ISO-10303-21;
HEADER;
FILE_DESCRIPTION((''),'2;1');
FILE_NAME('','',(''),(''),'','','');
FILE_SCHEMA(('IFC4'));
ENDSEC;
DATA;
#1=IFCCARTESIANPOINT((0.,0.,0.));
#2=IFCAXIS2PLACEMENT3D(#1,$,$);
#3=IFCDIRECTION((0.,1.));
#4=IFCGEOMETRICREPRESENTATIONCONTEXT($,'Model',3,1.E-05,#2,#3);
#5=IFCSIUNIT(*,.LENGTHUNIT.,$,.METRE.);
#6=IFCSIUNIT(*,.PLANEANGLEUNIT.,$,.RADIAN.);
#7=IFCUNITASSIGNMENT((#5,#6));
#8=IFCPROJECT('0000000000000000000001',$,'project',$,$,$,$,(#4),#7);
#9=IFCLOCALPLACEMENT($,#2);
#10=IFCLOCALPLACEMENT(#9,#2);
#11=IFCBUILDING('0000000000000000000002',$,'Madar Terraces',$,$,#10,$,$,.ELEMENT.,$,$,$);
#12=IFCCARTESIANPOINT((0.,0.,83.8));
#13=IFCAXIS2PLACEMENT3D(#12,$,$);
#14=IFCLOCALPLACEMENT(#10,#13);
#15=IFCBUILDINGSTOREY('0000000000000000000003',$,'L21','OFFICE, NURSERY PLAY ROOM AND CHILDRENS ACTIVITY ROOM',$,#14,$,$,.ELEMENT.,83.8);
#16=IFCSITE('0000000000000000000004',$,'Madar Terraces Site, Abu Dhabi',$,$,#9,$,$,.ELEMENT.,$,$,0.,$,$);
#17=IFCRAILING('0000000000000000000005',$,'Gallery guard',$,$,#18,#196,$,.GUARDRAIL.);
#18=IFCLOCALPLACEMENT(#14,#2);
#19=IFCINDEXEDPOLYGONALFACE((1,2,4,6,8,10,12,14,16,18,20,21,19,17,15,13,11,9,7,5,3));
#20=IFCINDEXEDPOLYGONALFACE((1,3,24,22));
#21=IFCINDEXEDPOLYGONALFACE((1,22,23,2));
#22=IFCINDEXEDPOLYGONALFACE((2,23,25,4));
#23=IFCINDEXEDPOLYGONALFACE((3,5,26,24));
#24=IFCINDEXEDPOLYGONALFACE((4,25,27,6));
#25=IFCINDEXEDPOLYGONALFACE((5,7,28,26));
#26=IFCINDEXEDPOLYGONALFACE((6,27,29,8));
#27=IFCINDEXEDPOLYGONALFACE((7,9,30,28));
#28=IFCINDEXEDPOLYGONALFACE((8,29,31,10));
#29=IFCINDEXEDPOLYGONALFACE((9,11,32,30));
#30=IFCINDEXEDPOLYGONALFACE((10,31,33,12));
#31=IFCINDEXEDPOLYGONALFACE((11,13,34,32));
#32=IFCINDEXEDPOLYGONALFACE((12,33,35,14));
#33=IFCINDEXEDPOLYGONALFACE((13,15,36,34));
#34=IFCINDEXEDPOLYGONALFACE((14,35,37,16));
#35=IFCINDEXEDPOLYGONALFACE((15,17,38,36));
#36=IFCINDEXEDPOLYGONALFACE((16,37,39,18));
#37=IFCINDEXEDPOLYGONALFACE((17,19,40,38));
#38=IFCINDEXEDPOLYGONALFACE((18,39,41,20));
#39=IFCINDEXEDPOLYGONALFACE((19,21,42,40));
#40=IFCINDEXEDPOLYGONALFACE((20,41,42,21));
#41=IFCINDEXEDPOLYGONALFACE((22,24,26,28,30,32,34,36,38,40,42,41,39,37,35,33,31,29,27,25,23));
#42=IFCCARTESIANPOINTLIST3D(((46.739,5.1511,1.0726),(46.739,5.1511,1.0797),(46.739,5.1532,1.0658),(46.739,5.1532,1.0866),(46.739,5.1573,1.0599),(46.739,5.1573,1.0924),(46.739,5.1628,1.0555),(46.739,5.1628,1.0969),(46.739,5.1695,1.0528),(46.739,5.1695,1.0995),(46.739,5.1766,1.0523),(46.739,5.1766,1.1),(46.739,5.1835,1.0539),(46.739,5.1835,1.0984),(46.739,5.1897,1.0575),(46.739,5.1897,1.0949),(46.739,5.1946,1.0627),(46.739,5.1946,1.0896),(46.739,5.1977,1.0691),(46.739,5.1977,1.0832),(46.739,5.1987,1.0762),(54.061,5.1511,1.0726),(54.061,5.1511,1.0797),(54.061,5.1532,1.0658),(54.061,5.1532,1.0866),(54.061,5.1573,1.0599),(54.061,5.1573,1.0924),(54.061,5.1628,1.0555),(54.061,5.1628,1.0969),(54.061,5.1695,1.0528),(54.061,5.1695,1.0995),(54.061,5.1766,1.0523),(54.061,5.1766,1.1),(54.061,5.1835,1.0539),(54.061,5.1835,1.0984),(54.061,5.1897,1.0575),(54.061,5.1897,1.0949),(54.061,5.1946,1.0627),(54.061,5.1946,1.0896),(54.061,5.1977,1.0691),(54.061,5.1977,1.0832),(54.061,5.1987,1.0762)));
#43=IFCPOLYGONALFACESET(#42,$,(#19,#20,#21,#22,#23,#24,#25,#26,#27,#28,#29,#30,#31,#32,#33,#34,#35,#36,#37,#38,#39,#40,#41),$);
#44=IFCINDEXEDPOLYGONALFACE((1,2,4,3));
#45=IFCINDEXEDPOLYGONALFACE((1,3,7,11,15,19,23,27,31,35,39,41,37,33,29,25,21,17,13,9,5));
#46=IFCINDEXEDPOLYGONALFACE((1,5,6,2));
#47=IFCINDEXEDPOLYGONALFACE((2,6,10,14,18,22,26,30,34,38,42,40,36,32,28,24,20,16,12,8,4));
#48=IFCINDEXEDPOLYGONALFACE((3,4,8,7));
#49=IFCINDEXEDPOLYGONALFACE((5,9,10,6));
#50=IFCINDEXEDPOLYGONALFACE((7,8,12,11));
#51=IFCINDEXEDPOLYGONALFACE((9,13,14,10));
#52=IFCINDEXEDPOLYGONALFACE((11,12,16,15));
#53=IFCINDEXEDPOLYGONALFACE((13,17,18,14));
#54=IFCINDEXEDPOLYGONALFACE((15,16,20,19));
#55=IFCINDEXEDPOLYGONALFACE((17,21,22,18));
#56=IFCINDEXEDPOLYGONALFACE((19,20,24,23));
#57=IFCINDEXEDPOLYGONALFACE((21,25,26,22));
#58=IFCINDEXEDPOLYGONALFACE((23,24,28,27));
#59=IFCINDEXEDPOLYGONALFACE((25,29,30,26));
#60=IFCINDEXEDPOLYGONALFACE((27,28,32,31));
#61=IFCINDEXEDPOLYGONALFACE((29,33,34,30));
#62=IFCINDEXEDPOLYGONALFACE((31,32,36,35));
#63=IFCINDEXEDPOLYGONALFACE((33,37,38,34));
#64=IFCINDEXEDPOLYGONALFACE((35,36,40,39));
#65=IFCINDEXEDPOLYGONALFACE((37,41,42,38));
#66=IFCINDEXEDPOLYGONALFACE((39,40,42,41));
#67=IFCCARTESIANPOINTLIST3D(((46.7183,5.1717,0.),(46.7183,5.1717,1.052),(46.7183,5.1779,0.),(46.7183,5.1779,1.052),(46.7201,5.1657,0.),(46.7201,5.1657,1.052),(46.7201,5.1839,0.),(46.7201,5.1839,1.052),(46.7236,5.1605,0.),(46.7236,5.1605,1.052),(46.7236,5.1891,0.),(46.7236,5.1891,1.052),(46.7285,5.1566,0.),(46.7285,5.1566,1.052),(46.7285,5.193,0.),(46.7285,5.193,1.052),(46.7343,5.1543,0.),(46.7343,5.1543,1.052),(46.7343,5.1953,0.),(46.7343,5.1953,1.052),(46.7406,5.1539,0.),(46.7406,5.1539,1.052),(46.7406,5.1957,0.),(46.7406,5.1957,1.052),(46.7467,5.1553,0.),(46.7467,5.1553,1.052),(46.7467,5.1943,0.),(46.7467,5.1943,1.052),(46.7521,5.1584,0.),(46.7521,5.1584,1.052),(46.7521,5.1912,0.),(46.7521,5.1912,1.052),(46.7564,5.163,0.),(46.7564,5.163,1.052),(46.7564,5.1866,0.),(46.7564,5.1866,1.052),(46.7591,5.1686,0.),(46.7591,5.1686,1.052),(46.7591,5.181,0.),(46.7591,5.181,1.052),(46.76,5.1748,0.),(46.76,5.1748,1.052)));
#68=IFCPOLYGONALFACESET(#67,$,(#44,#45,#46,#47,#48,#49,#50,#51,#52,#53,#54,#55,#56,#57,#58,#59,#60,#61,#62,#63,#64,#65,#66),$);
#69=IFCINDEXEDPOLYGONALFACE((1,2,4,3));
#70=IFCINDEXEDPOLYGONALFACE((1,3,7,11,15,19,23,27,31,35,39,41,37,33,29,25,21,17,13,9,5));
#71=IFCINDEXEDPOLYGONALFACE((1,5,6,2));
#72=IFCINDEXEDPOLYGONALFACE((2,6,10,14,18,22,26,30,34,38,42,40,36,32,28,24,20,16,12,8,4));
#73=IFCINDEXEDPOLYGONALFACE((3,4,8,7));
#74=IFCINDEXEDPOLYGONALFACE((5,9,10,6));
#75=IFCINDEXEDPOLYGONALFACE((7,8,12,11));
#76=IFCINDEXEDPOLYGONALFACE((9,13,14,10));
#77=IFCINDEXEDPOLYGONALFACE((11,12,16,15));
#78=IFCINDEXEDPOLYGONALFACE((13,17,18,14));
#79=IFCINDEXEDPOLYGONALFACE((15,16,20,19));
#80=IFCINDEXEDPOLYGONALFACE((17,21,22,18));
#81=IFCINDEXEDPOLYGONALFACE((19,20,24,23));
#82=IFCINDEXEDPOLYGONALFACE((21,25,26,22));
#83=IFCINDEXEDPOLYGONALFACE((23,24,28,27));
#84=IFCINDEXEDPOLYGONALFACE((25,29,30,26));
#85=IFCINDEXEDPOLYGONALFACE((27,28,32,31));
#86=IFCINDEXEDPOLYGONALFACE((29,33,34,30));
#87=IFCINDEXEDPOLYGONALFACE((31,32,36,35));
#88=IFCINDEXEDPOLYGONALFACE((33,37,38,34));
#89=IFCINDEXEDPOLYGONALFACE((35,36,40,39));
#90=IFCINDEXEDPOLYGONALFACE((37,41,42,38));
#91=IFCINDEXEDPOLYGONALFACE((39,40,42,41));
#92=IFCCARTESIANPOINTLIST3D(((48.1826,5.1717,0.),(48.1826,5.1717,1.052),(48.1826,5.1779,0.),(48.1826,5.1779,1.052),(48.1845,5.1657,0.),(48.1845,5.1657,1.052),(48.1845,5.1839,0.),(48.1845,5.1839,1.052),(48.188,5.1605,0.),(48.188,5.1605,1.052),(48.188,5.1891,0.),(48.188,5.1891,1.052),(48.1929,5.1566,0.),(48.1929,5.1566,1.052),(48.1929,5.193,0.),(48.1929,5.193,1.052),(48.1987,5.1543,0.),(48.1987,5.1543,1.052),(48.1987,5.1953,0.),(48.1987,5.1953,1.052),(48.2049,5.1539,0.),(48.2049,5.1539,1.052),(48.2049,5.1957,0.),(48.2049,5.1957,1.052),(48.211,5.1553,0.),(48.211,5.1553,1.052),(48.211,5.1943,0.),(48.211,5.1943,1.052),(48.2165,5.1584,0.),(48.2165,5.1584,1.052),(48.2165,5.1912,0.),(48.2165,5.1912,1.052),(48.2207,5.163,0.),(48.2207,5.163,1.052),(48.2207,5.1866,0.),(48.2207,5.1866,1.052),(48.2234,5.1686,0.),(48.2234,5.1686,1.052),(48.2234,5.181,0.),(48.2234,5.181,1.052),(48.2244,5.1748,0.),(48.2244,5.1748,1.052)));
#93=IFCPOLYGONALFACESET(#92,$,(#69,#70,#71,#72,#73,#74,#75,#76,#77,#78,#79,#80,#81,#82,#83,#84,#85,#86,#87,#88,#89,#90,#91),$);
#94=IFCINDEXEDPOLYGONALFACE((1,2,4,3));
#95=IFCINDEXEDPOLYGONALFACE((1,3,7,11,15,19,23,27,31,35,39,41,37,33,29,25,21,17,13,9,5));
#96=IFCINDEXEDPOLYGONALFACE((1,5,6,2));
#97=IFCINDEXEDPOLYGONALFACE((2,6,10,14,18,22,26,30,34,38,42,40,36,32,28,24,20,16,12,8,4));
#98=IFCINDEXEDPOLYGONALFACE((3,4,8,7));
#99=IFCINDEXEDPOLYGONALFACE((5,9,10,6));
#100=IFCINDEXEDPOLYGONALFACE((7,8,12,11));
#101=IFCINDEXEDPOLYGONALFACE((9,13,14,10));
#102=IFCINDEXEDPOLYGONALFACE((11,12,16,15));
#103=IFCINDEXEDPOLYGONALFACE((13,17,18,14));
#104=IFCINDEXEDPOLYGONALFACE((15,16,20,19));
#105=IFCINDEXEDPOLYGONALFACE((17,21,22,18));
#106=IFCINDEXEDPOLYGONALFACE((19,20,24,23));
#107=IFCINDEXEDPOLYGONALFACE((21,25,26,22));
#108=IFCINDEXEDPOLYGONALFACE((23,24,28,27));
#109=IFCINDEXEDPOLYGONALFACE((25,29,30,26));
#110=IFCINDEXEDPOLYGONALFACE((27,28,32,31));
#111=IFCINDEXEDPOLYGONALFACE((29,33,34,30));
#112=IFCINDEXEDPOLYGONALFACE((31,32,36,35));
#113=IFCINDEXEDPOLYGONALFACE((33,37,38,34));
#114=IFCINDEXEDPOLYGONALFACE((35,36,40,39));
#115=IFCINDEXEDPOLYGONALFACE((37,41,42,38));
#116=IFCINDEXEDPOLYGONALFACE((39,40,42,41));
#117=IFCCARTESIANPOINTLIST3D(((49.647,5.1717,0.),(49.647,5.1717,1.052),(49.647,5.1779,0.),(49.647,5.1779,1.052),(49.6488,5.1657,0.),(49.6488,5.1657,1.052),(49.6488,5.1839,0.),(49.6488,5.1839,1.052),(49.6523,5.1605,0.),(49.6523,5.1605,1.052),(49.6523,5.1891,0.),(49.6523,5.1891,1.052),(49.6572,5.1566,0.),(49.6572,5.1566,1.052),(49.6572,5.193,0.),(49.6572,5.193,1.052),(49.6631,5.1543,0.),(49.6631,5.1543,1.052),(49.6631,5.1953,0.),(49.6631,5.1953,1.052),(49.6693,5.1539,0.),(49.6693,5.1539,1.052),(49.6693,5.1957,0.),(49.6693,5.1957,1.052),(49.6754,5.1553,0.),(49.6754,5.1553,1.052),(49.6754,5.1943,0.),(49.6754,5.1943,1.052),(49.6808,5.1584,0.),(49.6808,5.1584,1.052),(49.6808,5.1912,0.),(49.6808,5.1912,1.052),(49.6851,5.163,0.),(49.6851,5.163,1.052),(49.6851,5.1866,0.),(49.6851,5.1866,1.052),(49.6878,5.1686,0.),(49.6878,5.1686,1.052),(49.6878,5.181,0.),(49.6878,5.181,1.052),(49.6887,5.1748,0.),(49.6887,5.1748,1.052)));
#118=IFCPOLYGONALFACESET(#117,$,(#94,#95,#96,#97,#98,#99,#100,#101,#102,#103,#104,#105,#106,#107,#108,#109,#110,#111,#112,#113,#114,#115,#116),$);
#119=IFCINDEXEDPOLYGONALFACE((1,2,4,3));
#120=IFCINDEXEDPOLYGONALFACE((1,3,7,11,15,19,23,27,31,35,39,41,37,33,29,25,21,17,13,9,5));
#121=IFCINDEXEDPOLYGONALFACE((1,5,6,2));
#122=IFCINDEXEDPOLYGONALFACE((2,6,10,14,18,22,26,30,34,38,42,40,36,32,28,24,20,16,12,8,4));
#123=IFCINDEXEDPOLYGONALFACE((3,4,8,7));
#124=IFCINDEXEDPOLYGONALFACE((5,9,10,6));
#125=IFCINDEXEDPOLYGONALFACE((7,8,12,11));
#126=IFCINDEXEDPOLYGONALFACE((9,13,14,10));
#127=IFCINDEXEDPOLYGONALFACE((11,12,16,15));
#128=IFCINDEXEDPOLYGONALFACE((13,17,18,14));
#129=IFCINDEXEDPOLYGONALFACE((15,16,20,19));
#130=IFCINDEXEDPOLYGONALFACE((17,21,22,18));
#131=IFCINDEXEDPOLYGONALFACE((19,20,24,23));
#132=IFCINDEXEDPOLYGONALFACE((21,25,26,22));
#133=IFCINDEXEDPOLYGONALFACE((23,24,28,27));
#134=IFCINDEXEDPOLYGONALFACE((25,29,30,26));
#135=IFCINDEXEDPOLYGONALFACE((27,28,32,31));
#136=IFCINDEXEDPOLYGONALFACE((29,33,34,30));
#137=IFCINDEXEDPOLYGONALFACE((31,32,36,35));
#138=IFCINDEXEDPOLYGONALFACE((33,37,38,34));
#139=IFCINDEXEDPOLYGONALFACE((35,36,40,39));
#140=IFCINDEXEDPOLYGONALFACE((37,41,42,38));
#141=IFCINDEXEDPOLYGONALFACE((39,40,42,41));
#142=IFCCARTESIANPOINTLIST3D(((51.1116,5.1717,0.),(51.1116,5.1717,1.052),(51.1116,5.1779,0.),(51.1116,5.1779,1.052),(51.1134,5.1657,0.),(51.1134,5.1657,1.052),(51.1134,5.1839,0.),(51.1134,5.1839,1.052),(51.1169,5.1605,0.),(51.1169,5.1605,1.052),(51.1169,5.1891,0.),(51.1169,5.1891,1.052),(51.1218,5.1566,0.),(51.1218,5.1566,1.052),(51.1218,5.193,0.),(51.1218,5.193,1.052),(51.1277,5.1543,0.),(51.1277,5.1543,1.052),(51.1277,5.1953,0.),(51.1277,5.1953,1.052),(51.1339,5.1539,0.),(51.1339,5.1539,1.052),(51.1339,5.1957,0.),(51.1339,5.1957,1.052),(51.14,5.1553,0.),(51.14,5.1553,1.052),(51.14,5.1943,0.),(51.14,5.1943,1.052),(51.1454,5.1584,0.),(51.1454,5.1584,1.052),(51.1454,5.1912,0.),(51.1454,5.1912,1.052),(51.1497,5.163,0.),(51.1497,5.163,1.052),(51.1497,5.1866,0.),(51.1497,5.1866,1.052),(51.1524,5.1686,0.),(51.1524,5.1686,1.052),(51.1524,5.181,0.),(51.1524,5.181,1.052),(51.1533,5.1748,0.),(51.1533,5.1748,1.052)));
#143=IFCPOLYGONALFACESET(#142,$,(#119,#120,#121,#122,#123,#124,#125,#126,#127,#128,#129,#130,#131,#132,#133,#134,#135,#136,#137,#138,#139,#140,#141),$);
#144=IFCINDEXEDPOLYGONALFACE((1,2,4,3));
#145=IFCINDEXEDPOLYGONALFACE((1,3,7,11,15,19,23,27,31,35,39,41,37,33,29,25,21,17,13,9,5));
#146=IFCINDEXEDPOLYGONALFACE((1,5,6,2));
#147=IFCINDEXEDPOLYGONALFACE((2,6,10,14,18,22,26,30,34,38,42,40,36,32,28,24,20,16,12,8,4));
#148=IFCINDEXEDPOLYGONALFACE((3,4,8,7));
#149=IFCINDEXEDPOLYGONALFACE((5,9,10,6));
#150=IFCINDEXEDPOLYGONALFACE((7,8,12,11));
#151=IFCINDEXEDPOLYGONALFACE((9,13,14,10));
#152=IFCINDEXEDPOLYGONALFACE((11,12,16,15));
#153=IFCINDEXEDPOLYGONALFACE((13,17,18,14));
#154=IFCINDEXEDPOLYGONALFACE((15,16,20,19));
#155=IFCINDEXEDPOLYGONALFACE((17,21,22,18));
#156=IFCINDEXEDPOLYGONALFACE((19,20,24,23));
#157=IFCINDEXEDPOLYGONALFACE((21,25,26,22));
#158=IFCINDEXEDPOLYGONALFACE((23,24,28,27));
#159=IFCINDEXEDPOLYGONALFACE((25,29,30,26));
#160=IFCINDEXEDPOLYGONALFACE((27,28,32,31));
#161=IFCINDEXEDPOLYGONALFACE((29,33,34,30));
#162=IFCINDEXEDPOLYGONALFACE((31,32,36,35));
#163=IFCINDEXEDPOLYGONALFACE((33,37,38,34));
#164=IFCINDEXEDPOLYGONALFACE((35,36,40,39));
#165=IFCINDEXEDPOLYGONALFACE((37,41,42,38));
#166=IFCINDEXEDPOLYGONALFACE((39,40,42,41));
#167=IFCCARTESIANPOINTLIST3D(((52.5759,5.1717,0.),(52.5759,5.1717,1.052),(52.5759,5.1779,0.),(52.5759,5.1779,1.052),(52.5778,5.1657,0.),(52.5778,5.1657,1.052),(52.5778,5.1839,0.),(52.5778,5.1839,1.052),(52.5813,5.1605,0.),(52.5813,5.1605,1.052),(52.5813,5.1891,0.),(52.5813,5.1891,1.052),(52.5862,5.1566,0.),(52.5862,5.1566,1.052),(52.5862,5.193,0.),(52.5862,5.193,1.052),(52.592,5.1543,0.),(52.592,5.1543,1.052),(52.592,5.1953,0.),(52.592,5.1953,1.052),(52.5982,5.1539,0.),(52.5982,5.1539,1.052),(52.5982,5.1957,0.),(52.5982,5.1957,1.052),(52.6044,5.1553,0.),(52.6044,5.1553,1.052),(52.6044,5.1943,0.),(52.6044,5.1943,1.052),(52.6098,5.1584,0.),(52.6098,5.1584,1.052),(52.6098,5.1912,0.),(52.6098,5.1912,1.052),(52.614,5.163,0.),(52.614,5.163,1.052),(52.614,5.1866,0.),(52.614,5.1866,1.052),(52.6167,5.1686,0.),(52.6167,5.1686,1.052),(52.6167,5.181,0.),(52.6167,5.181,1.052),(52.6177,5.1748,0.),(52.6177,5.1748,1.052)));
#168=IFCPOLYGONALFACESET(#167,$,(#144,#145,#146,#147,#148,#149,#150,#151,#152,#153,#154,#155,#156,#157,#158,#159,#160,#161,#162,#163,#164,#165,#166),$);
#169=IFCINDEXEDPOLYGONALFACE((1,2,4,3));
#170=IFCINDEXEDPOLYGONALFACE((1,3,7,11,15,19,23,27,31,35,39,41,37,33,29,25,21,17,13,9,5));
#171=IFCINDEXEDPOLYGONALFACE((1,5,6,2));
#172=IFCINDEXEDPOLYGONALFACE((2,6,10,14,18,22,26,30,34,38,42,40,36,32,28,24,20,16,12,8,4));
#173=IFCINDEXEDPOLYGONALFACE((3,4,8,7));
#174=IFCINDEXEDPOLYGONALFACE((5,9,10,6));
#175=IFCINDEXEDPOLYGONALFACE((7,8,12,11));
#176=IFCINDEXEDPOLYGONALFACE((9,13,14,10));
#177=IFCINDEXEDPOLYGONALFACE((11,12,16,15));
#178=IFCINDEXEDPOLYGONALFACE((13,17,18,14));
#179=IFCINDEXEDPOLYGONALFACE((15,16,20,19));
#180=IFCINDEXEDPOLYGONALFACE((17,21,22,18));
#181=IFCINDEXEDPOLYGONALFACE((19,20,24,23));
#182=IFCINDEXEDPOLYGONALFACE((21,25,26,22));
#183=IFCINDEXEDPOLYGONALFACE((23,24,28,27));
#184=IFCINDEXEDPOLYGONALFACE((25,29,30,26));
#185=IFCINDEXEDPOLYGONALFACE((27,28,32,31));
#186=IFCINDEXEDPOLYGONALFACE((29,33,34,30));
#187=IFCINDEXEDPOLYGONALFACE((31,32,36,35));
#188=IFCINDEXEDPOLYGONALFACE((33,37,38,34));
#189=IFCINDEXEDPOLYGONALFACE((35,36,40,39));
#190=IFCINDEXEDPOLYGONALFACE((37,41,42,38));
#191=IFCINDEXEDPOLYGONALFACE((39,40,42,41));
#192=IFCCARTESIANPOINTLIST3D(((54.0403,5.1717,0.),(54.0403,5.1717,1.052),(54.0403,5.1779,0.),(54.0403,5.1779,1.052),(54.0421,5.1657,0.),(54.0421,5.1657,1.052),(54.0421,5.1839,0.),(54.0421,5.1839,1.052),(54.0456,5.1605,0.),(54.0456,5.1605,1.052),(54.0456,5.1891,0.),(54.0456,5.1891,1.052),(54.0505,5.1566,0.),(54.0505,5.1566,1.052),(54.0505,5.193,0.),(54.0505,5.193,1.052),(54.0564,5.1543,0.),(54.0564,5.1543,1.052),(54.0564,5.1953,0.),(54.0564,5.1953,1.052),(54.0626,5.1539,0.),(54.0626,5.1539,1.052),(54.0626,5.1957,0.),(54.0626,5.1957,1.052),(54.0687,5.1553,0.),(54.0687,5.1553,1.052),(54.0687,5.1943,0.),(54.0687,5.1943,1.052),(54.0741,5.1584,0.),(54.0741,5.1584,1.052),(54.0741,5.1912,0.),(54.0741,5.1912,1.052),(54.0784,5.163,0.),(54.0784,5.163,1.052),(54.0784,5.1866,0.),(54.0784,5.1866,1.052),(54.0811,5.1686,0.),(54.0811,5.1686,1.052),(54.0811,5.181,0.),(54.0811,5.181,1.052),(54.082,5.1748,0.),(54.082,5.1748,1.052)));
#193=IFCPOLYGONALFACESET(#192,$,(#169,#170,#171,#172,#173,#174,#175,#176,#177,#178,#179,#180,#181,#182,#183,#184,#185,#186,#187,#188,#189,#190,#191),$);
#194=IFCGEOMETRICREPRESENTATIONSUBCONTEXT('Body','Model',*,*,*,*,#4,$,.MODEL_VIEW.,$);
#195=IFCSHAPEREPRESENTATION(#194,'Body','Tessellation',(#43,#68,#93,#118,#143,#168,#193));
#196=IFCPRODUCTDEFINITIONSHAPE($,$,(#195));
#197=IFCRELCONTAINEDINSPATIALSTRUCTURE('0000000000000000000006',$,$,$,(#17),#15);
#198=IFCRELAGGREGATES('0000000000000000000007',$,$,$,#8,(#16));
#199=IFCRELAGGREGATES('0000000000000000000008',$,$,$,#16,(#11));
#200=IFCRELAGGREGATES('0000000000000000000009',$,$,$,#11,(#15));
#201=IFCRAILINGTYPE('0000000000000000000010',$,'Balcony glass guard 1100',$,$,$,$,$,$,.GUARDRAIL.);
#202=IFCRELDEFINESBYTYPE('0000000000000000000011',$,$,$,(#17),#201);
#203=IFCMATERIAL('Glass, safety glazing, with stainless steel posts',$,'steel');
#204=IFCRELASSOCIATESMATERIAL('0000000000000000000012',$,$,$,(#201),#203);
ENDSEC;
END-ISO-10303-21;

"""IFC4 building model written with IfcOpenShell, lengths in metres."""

from ifc_helpers import new_model, si_unit, direction, frame, origin, origin_2d, place, context, subcontext, project, spatial, circle, extrude, material, type_object, element, save


model = new_model("IFC4")

# Units and contexts
model_context = context("Model", 3, precision=1e-05, world=origin(), true_north=direction((0.0, 1.0)))
body_context = subcontext(model_context, "Body", "Model", "MODEL_VIEW")
ifc_project = project(units=[si_unit("LENGTHUNIT", "METRE"), si_unit("PLANEANGLEUNIT", "RADIAN")], contexts=[model_context])

# Site, building, storey
site_placement = place(None, origin())
site = spatial("IfcSite", under=ifc_project, at=site_placement, Name="Madar Terraces Site, Abu Dhabi", CompositionType="ELEMENT", RefElevation=0.0)
building_placement = place(site_placement, origin())
building = spatial("IfcBuilding", under=site, at=building_placement, Name="Madar Terraces", CompositionType="ELEMENT")
storey_placement = place(building_placement, frame((0.0, 0.0, 83.8)))
storey = spatial("IfcBuildingStorey", under=building, at=storey_placement, Name="L21", Description="OFFICE, NURSERY PLAY ROOM AND CHILDRENS ACTIVITY ROOM", CompositionType="ELEMENT", Elevation=83.8)

# Railing
ifc_material_1 = material(Name="Glass, safety glazing, with stainless steel posts", Category="steel")
railing_type = type_object("IfcRailingType", Name="Balcony glass guard 1100", PredefinedType="GUARDRAIL", material=ifc_material_1)
railing_1_placement = place(storey_placement, frame((46.739, 5.1748, 0.0)))
element("IfcRailing", 1, at=railing_1_placement, inside=storey, type_object=railing_type, Name="Gallery guard", PredefinedType="GUARDRAIL", context=body_context, shape_type="SweptSolid", body=[
    extrude(circle(Radius=0.0239, at=origin_2d()), frame((0.0, 0.0, 1.0762), z_axis=(1.0, 0.0, 0.0), x_axis=(0.0, 1.0, 0.0)), (0.0, 0.0, 1.0), 7.322),
    extrude(circle(Radius=0.021, at=origin_2d()), origin(), (0.0, 0.0, 1.0), 1.052),
    extrude(circle(Radius=0.021, at=origin_2d()), frame((1.4644, 0.0, 0.0)), (0.0, 0.0, 1.0), 1.052),
    extrude(circle(Radius=0.021, at=origin_2d()), frame((2.9287, 0.0, 0.0)), (0.0, 0.0, 1.0), 1.052),
    extrude(circle(Radius=0.021, at=origin_2d()), frame((4.3933, 0.0, 0.0)), (0.0, 0.0, 1.0), 1.052),
    extrude(circle(Radius=0.021, at=origin_2d()), frame((5.8577, 0.0, 0.0)), (0.0, 0.0, 1.0), 1.052),
    extrude(circle(Radius=0.021, at=origin_2d()), frame((7.322, 0.0, 0.0)), (0.0, 0.0, 1.0), 1.052),
])

save(model, "model.ifc")
